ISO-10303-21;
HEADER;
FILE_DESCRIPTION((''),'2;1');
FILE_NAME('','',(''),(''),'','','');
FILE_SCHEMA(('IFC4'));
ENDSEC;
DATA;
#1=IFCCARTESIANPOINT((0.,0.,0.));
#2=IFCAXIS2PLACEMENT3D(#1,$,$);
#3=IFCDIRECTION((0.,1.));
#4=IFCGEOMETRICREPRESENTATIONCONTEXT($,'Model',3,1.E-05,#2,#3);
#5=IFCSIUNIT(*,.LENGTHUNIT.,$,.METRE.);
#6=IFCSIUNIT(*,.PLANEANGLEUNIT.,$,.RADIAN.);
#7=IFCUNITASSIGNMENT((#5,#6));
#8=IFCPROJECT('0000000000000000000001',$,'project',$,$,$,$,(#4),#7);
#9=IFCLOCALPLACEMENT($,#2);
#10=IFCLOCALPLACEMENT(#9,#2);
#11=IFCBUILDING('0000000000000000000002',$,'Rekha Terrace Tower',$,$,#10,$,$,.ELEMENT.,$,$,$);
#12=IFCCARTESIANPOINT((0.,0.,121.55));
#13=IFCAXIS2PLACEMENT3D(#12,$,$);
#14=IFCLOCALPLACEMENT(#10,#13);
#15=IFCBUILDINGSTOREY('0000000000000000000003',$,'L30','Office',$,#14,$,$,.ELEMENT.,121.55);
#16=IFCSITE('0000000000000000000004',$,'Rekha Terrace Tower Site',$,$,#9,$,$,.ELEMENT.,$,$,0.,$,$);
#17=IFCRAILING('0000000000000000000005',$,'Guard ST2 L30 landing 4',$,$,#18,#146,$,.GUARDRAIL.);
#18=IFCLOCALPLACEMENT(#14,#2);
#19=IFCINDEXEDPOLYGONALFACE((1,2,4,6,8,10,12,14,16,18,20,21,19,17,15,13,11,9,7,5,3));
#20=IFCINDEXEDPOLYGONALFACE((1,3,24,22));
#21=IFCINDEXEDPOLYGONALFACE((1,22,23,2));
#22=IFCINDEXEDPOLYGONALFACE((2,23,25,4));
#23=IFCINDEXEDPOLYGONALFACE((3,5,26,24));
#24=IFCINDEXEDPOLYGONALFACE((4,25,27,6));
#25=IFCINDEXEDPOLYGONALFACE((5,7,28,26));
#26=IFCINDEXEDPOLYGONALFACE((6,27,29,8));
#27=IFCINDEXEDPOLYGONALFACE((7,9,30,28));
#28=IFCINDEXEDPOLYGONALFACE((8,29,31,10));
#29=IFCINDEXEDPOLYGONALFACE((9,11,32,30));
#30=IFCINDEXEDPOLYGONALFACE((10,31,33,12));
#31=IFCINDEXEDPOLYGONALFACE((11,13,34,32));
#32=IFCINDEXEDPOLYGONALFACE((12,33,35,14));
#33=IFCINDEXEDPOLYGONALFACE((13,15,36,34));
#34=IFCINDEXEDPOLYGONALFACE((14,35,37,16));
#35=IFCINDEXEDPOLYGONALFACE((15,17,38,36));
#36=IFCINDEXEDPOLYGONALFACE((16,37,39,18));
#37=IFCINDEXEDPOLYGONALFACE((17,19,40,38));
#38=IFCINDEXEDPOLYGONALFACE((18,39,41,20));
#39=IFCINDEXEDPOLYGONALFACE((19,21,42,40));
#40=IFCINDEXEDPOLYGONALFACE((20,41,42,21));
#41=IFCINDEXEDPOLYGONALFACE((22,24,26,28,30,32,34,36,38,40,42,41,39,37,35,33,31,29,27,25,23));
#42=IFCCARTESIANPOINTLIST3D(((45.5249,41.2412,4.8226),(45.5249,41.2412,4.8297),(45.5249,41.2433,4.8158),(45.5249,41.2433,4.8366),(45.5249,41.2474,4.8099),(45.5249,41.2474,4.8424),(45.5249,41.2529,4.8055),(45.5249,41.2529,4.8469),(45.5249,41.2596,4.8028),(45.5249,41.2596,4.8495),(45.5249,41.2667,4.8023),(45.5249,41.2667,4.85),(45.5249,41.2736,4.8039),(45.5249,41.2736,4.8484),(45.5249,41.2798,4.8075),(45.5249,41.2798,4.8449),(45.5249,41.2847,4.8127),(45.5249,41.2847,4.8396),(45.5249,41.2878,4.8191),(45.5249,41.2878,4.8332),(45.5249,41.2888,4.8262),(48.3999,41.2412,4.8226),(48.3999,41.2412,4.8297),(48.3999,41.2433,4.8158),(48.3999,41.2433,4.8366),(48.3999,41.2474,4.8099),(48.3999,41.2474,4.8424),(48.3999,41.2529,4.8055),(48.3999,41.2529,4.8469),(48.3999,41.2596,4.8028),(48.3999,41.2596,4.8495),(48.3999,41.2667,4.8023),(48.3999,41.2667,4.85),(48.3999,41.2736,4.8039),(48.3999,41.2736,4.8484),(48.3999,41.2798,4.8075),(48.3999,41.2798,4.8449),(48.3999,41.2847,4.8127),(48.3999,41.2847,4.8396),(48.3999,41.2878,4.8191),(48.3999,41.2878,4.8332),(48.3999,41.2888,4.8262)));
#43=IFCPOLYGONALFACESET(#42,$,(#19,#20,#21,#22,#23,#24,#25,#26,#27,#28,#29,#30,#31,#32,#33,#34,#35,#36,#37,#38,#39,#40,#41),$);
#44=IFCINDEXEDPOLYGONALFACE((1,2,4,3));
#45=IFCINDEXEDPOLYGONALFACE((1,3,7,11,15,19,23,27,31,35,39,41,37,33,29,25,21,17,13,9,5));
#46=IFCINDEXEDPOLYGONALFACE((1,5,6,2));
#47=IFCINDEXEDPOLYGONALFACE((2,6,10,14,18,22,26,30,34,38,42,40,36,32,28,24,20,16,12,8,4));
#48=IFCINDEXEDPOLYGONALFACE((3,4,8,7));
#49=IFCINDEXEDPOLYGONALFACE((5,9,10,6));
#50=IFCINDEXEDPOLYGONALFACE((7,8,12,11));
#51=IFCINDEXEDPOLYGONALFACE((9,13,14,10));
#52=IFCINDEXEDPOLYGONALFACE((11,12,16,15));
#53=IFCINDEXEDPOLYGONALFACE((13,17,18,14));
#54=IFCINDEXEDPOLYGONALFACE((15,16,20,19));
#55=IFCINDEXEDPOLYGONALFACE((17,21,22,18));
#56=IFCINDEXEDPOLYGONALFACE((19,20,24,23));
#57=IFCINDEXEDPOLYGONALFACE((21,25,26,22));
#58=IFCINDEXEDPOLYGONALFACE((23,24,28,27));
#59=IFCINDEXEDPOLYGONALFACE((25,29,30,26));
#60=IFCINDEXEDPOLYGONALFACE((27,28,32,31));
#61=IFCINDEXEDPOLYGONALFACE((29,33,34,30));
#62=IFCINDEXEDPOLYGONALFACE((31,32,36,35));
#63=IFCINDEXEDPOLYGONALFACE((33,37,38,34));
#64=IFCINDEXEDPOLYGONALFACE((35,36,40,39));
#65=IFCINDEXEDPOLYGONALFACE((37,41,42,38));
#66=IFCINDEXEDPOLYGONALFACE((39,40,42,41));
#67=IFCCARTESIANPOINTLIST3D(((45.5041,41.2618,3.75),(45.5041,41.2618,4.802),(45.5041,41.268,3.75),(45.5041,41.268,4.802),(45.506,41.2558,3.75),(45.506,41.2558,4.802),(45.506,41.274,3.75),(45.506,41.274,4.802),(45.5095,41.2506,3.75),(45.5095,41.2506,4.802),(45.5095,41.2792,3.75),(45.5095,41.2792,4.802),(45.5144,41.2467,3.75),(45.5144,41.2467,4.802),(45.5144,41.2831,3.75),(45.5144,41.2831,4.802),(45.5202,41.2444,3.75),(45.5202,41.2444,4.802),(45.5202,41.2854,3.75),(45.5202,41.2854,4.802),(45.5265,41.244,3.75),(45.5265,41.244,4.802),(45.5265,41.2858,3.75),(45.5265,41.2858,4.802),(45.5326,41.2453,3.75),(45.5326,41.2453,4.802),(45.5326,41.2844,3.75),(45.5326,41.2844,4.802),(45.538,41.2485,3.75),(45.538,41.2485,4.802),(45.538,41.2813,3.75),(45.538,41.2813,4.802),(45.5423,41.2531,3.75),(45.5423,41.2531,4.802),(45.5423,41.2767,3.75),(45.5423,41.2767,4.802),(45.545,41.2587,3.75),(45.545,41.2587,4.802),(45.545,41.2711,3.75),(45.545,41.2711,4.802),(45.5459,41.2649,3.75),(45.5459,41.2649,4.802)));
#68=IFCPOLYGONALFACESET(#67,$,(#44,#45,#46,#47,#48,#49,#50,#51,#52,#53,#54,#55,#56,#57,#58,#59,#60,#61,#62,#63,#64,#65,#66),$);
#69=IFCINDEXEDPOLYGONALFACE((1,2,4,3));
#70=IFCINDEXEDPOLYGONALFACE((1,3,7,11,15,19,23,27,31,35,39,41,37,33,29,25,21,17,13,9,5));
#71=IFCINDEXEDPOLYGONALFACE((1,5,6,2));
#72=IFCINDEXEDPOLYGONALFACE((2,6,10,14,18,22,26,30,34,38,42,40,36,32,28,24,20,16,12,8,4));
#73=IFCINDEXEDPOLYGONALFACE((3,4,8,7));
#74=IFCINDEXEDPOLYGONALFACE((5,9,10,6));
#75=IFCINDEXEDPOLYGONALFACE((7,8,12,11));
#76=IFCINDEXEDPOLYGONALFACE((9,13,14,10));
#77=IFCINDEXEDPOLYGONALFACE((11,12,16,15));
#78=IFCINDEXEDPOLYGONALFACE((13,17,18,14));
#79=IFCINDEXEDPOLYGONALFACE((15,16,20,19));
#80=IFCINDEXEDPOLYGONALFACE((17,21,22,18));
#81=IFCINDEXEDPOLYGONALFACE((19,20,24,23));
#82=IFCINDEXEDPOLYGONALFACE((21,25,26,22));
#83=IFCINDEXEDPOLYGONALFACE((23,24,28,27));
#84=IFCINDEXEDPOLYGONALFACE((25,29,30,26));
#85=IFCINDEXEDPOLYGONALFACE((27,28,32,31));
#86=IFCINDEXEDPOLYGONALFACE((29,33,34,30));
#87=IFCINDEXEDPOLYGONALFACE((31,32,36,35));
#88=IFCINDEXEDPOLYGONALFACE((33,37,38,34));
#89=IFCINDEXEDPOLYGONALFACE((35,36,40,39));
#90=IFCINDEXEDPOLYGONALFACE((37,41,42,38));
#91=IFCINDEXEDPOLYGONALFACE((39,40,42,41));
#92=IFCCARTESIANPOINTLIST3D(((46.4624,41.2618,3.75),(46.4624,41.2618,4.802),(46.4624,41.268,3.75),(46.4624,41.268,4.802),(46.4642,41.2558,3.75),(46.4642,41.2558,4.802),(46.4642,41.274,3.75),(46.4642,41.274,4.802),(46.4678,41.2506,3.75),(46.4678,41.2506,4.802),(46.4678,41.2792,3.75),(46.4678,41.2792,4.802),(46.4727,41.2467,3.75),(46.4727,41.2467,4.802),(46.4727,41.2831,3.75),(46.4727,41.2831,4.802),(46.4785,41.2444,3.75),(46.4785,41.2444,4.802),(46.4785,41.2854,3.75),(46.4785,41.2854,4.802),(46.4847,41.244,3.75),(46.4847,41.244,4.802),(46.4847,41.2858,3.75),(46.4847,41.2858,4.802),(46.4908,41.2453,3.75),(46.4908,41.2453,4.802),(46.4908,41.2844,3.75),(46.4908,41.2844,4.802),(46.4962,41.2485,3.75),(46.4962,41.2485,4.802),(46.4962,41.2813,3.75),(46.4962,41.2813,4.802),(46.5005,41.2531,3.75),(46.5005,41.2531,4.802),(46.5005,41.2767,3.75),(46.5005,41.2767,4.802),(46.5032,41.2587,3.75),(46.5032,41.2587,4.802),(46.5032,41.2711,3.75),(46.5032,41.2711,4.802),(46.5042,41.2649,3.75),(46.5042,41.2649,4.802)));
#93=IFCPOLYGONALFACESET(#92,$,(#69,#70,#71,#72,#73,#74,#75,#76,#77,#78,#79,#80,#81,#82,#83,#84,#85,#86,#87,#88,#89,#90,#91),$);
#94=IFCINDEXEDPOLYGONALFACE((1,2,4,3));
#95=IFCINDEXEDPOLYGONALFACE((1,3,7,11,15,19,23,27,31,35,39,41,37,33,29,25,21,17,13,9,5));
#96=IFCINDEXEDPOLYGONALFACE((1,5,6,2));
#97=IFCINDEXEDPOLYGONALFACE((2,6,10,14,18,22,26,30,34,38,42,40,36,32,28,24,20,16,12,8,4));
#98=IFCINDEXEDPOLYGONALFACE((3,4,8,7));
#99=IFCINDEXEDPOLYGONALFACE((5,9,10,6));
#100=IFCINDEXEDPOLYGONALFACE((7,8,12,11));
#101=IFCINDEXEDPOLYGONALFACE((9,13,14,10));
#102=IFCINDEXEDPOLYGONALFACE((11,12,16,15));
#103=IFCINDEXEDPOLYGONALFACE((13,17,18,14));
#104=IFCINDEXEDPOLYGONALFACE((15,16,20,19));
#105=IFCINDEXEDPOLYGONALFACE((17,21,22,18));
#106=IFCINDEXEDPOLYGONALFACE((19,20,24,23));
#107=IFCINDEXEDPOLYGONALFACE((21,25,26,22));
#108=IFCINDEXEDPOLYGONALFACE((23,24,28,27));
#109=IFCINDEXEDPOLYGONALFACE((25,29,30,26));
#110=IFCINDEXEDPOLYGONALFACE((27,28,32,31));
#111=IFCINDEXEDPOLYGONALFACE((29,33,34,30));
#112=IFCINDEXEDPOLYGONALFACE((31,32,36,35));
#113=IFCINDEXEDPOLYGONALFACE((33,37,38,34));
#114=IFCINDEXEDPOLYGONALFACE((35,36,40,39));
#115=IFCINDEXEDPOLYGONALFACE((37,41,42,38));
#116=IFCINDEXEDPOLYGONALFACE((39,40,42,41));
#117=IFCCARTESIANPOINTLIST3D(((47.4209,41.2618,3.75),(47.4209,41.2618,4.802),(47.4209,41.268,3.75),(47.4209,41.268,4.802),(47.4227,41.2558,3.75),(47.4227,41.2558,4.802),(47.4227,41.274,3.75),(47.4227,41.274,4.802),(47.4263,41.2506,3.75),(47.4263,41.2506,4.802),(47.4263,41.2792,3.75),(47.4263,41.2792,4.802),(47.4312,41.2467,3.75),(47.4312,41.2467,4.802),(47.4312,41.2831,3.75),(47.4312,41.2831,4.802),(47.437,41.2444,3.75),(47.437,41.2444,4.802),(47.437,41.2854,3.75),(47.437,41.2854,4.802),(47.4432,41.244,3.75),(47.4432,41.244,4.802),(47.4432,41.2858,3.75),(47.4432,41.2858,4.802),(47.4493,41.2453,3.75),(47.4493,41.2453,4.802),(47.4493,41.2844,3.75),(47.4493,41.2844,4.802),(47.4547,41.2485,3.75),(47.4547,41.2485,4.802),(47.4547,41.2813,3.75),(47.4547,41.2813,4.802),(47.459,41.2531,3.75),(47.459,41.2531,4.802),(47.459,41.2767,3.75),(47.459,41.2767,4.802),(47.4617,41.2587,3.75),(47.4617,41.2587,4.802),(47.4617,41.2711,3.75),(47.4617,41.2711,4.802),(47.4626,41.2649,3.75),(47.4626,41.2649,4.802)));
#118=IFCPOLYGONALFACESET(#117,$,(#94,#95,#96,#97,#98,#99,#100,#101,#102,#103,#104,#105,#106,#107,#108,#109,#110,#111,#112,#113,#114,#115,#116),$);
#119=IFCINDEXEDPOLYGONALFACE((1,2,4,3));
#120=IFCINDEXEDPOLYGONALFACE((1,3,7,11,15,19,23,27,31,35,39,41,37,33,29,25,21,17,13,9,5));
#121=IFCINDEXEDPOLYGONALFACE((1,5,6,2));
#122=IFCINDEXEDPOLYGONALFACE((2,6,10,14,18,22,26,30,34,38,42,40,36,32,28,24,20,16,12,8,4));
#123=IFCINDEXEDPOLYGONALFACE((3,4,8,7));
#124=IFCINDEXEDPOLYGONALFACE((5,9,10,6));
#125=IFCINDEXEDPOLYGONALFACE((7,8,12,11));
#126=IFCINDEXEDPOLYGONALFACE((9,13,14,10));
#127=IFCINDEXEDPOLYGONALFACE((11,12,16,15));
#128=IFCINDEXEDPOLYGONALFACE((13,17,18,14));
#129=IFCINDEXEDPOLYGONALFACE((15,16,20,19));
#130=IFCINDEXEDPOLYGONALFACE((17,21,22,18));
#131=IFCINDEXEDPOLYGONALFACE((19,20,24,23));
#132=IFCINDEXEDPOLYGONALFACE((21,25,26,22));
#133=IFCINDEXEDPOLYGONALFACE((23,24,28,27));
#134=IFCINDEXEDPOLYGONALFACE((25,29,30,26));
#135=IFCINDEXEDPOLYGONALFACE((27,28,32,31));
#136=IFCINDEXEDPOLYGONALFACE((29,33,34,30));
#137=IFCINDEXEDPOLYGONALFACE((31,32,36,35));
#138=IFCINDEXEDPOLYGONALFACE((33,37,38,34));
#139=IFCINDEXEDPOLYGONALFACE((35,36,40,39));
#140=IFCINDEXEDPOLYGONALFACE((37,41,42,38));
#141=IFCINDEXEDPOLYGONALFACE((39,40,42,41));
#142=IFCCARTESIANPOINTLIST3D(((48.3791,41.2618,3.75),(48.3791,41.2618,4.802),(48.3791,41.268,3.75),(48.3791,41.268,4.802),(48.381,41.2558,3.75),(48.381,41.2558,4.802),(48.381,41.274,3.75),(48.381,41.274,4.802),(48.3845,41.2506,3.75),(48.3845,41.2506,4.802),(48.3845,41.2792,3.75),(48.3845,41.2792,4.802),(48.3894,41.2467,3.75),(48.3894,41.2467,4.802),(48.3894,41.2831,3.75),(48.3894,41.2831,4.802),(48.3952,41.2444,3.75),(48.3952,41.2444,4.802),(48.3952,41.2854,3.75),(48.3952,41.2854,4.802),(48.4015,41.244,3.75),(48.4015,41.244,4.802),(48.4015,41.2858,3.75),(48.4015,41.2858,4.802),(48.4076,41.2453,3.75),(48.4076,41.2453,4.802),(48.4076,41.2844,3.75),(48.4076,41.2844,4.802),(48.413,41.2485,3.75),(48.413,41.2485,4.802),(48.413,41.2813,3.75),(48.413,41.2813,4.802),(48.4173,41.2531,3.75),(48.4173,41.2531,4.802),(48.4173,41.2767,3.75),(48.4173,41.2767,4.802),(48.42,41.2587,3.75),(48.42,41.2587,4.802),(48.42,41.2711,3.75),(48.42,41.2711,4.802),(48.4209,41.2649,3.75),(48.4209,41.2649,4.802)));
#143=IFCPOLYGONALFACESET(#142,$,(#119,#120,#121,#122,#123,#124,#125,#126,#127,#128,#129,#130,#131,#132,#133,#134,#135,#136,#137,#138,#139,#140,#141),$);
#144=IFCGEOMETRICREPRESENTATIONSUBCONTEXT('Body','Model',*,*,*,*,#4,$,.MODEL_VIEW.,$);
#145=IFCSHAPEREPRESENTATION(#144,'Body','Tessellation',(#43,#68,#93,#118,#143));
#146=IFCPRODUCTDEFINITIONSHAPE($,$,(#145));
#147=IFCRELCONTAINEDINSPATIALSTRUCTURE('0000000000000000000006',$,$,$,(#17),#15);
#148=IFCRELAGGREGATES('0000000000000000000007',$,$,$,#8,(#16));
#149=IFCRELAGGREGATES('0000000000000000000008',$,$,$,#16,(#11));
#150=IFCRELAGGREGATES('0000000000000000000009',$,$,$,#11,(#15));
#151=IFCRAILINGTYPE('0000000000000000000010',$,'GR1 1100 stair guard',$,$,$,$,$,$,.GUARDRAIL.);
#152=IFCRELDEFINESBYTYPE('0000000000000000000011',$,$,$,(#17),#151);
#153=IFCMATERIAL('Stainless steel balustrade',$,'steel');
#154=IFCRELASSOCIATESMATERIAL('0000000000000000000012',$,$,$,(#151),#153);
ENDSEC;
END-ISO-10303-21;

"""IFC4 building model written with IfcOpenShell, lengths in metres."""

from ifc_helpers import new_model, si_unit, direction, frame, origin, origin_2d, place, context, subcontext, project, spatial, circle, extrude, material, type_object, element, save


model = new_model("IFC4")

# Units and contexts
model_context = context("Model", 3, precision=1e-05, world=origin(), true_north=direction((0.0, 1.0)))
body_context = subcontext(model_context, "Body", "Model", "MODEL_VIEW")
ifc_project = project(units=[si_unit("LENGTHUNIT", "METRE"), si_unit("PLANEANGLEUNIT", "RADIAN")], contexts=[model_context])

# Site, building, storey
site_placement = place(None, origin())
site = spatial("IfcSite", under=ifc_project, at=site_placement, Name="Rekha Terrace Tower Site", CompositionType="ELEMENT", RefElevation=0.0)
building_placement = place(site_placement, origin())
building = spatial("IfcBuilding", under=site, at=building_placement, Name="Rekha Terrace Tower", CompositionType="ELEMENT")
storey_placement = place(building_placement, frame((0.0, 0.0, 121.55)))
storey = spatial("IfcBuildingStorey", under=building, at=storey_placement, Name="L30", Description="Office", CompositionType="ELEMENT", Elevation=121.55)

# Railing
ifc_material_1 = material(Name="Stainless steel balustrade", Category="steel")
railing_type_1 = type_object("IfcRailingType", Name="GR1 1100 stair guard", PredefinedType="GUARDRAIL", material=ifc_material_1)
railing_1_placement = place(storey_placement, frame((45.5249, 41.2649, 3.75)))
element("IfcRailing", 1, at=railing_1_placement, inside=storey, type_object=railing_type_1, Name="Guard ST2 L30 landing 4", PredefinedType="GUARDRAIL", context=body_context, shape_type="SweptSolid", body=[
    extrude(circle(Radius=0.0239, at=origin_2d()), frame((0.0, 0.0, 1.0762), z_axis=(1.0, 0.0, 0.0), x_axis=(0.0, 1.0, 0.0)), (0.0, 0.0, 1.0), 2.875),
    extrude(circle(Radius=0.021, at=origin_2d()), origin(), (0.0, 0.0, 1.0), 1.052),
    extrude(circle(Radius=0.021, at=origin_2d()), frame((0.9583, 0.0, 0.0)), (0.0, 0.0, 1.0), 1.052),
    extrude(circle(Radius=0.021, at=origin_2d()), frame((1.9167, 0.0, 0.0)), (0.0, 0.0, 1.0), 1.052),
    extrude(circle(Radius=0.021, at=origin_2d()), frame((2.875, 0.0, 0.0)), (0.0, 0.0, 1.0), 1.052),
])

save(model, "model.ifc")
